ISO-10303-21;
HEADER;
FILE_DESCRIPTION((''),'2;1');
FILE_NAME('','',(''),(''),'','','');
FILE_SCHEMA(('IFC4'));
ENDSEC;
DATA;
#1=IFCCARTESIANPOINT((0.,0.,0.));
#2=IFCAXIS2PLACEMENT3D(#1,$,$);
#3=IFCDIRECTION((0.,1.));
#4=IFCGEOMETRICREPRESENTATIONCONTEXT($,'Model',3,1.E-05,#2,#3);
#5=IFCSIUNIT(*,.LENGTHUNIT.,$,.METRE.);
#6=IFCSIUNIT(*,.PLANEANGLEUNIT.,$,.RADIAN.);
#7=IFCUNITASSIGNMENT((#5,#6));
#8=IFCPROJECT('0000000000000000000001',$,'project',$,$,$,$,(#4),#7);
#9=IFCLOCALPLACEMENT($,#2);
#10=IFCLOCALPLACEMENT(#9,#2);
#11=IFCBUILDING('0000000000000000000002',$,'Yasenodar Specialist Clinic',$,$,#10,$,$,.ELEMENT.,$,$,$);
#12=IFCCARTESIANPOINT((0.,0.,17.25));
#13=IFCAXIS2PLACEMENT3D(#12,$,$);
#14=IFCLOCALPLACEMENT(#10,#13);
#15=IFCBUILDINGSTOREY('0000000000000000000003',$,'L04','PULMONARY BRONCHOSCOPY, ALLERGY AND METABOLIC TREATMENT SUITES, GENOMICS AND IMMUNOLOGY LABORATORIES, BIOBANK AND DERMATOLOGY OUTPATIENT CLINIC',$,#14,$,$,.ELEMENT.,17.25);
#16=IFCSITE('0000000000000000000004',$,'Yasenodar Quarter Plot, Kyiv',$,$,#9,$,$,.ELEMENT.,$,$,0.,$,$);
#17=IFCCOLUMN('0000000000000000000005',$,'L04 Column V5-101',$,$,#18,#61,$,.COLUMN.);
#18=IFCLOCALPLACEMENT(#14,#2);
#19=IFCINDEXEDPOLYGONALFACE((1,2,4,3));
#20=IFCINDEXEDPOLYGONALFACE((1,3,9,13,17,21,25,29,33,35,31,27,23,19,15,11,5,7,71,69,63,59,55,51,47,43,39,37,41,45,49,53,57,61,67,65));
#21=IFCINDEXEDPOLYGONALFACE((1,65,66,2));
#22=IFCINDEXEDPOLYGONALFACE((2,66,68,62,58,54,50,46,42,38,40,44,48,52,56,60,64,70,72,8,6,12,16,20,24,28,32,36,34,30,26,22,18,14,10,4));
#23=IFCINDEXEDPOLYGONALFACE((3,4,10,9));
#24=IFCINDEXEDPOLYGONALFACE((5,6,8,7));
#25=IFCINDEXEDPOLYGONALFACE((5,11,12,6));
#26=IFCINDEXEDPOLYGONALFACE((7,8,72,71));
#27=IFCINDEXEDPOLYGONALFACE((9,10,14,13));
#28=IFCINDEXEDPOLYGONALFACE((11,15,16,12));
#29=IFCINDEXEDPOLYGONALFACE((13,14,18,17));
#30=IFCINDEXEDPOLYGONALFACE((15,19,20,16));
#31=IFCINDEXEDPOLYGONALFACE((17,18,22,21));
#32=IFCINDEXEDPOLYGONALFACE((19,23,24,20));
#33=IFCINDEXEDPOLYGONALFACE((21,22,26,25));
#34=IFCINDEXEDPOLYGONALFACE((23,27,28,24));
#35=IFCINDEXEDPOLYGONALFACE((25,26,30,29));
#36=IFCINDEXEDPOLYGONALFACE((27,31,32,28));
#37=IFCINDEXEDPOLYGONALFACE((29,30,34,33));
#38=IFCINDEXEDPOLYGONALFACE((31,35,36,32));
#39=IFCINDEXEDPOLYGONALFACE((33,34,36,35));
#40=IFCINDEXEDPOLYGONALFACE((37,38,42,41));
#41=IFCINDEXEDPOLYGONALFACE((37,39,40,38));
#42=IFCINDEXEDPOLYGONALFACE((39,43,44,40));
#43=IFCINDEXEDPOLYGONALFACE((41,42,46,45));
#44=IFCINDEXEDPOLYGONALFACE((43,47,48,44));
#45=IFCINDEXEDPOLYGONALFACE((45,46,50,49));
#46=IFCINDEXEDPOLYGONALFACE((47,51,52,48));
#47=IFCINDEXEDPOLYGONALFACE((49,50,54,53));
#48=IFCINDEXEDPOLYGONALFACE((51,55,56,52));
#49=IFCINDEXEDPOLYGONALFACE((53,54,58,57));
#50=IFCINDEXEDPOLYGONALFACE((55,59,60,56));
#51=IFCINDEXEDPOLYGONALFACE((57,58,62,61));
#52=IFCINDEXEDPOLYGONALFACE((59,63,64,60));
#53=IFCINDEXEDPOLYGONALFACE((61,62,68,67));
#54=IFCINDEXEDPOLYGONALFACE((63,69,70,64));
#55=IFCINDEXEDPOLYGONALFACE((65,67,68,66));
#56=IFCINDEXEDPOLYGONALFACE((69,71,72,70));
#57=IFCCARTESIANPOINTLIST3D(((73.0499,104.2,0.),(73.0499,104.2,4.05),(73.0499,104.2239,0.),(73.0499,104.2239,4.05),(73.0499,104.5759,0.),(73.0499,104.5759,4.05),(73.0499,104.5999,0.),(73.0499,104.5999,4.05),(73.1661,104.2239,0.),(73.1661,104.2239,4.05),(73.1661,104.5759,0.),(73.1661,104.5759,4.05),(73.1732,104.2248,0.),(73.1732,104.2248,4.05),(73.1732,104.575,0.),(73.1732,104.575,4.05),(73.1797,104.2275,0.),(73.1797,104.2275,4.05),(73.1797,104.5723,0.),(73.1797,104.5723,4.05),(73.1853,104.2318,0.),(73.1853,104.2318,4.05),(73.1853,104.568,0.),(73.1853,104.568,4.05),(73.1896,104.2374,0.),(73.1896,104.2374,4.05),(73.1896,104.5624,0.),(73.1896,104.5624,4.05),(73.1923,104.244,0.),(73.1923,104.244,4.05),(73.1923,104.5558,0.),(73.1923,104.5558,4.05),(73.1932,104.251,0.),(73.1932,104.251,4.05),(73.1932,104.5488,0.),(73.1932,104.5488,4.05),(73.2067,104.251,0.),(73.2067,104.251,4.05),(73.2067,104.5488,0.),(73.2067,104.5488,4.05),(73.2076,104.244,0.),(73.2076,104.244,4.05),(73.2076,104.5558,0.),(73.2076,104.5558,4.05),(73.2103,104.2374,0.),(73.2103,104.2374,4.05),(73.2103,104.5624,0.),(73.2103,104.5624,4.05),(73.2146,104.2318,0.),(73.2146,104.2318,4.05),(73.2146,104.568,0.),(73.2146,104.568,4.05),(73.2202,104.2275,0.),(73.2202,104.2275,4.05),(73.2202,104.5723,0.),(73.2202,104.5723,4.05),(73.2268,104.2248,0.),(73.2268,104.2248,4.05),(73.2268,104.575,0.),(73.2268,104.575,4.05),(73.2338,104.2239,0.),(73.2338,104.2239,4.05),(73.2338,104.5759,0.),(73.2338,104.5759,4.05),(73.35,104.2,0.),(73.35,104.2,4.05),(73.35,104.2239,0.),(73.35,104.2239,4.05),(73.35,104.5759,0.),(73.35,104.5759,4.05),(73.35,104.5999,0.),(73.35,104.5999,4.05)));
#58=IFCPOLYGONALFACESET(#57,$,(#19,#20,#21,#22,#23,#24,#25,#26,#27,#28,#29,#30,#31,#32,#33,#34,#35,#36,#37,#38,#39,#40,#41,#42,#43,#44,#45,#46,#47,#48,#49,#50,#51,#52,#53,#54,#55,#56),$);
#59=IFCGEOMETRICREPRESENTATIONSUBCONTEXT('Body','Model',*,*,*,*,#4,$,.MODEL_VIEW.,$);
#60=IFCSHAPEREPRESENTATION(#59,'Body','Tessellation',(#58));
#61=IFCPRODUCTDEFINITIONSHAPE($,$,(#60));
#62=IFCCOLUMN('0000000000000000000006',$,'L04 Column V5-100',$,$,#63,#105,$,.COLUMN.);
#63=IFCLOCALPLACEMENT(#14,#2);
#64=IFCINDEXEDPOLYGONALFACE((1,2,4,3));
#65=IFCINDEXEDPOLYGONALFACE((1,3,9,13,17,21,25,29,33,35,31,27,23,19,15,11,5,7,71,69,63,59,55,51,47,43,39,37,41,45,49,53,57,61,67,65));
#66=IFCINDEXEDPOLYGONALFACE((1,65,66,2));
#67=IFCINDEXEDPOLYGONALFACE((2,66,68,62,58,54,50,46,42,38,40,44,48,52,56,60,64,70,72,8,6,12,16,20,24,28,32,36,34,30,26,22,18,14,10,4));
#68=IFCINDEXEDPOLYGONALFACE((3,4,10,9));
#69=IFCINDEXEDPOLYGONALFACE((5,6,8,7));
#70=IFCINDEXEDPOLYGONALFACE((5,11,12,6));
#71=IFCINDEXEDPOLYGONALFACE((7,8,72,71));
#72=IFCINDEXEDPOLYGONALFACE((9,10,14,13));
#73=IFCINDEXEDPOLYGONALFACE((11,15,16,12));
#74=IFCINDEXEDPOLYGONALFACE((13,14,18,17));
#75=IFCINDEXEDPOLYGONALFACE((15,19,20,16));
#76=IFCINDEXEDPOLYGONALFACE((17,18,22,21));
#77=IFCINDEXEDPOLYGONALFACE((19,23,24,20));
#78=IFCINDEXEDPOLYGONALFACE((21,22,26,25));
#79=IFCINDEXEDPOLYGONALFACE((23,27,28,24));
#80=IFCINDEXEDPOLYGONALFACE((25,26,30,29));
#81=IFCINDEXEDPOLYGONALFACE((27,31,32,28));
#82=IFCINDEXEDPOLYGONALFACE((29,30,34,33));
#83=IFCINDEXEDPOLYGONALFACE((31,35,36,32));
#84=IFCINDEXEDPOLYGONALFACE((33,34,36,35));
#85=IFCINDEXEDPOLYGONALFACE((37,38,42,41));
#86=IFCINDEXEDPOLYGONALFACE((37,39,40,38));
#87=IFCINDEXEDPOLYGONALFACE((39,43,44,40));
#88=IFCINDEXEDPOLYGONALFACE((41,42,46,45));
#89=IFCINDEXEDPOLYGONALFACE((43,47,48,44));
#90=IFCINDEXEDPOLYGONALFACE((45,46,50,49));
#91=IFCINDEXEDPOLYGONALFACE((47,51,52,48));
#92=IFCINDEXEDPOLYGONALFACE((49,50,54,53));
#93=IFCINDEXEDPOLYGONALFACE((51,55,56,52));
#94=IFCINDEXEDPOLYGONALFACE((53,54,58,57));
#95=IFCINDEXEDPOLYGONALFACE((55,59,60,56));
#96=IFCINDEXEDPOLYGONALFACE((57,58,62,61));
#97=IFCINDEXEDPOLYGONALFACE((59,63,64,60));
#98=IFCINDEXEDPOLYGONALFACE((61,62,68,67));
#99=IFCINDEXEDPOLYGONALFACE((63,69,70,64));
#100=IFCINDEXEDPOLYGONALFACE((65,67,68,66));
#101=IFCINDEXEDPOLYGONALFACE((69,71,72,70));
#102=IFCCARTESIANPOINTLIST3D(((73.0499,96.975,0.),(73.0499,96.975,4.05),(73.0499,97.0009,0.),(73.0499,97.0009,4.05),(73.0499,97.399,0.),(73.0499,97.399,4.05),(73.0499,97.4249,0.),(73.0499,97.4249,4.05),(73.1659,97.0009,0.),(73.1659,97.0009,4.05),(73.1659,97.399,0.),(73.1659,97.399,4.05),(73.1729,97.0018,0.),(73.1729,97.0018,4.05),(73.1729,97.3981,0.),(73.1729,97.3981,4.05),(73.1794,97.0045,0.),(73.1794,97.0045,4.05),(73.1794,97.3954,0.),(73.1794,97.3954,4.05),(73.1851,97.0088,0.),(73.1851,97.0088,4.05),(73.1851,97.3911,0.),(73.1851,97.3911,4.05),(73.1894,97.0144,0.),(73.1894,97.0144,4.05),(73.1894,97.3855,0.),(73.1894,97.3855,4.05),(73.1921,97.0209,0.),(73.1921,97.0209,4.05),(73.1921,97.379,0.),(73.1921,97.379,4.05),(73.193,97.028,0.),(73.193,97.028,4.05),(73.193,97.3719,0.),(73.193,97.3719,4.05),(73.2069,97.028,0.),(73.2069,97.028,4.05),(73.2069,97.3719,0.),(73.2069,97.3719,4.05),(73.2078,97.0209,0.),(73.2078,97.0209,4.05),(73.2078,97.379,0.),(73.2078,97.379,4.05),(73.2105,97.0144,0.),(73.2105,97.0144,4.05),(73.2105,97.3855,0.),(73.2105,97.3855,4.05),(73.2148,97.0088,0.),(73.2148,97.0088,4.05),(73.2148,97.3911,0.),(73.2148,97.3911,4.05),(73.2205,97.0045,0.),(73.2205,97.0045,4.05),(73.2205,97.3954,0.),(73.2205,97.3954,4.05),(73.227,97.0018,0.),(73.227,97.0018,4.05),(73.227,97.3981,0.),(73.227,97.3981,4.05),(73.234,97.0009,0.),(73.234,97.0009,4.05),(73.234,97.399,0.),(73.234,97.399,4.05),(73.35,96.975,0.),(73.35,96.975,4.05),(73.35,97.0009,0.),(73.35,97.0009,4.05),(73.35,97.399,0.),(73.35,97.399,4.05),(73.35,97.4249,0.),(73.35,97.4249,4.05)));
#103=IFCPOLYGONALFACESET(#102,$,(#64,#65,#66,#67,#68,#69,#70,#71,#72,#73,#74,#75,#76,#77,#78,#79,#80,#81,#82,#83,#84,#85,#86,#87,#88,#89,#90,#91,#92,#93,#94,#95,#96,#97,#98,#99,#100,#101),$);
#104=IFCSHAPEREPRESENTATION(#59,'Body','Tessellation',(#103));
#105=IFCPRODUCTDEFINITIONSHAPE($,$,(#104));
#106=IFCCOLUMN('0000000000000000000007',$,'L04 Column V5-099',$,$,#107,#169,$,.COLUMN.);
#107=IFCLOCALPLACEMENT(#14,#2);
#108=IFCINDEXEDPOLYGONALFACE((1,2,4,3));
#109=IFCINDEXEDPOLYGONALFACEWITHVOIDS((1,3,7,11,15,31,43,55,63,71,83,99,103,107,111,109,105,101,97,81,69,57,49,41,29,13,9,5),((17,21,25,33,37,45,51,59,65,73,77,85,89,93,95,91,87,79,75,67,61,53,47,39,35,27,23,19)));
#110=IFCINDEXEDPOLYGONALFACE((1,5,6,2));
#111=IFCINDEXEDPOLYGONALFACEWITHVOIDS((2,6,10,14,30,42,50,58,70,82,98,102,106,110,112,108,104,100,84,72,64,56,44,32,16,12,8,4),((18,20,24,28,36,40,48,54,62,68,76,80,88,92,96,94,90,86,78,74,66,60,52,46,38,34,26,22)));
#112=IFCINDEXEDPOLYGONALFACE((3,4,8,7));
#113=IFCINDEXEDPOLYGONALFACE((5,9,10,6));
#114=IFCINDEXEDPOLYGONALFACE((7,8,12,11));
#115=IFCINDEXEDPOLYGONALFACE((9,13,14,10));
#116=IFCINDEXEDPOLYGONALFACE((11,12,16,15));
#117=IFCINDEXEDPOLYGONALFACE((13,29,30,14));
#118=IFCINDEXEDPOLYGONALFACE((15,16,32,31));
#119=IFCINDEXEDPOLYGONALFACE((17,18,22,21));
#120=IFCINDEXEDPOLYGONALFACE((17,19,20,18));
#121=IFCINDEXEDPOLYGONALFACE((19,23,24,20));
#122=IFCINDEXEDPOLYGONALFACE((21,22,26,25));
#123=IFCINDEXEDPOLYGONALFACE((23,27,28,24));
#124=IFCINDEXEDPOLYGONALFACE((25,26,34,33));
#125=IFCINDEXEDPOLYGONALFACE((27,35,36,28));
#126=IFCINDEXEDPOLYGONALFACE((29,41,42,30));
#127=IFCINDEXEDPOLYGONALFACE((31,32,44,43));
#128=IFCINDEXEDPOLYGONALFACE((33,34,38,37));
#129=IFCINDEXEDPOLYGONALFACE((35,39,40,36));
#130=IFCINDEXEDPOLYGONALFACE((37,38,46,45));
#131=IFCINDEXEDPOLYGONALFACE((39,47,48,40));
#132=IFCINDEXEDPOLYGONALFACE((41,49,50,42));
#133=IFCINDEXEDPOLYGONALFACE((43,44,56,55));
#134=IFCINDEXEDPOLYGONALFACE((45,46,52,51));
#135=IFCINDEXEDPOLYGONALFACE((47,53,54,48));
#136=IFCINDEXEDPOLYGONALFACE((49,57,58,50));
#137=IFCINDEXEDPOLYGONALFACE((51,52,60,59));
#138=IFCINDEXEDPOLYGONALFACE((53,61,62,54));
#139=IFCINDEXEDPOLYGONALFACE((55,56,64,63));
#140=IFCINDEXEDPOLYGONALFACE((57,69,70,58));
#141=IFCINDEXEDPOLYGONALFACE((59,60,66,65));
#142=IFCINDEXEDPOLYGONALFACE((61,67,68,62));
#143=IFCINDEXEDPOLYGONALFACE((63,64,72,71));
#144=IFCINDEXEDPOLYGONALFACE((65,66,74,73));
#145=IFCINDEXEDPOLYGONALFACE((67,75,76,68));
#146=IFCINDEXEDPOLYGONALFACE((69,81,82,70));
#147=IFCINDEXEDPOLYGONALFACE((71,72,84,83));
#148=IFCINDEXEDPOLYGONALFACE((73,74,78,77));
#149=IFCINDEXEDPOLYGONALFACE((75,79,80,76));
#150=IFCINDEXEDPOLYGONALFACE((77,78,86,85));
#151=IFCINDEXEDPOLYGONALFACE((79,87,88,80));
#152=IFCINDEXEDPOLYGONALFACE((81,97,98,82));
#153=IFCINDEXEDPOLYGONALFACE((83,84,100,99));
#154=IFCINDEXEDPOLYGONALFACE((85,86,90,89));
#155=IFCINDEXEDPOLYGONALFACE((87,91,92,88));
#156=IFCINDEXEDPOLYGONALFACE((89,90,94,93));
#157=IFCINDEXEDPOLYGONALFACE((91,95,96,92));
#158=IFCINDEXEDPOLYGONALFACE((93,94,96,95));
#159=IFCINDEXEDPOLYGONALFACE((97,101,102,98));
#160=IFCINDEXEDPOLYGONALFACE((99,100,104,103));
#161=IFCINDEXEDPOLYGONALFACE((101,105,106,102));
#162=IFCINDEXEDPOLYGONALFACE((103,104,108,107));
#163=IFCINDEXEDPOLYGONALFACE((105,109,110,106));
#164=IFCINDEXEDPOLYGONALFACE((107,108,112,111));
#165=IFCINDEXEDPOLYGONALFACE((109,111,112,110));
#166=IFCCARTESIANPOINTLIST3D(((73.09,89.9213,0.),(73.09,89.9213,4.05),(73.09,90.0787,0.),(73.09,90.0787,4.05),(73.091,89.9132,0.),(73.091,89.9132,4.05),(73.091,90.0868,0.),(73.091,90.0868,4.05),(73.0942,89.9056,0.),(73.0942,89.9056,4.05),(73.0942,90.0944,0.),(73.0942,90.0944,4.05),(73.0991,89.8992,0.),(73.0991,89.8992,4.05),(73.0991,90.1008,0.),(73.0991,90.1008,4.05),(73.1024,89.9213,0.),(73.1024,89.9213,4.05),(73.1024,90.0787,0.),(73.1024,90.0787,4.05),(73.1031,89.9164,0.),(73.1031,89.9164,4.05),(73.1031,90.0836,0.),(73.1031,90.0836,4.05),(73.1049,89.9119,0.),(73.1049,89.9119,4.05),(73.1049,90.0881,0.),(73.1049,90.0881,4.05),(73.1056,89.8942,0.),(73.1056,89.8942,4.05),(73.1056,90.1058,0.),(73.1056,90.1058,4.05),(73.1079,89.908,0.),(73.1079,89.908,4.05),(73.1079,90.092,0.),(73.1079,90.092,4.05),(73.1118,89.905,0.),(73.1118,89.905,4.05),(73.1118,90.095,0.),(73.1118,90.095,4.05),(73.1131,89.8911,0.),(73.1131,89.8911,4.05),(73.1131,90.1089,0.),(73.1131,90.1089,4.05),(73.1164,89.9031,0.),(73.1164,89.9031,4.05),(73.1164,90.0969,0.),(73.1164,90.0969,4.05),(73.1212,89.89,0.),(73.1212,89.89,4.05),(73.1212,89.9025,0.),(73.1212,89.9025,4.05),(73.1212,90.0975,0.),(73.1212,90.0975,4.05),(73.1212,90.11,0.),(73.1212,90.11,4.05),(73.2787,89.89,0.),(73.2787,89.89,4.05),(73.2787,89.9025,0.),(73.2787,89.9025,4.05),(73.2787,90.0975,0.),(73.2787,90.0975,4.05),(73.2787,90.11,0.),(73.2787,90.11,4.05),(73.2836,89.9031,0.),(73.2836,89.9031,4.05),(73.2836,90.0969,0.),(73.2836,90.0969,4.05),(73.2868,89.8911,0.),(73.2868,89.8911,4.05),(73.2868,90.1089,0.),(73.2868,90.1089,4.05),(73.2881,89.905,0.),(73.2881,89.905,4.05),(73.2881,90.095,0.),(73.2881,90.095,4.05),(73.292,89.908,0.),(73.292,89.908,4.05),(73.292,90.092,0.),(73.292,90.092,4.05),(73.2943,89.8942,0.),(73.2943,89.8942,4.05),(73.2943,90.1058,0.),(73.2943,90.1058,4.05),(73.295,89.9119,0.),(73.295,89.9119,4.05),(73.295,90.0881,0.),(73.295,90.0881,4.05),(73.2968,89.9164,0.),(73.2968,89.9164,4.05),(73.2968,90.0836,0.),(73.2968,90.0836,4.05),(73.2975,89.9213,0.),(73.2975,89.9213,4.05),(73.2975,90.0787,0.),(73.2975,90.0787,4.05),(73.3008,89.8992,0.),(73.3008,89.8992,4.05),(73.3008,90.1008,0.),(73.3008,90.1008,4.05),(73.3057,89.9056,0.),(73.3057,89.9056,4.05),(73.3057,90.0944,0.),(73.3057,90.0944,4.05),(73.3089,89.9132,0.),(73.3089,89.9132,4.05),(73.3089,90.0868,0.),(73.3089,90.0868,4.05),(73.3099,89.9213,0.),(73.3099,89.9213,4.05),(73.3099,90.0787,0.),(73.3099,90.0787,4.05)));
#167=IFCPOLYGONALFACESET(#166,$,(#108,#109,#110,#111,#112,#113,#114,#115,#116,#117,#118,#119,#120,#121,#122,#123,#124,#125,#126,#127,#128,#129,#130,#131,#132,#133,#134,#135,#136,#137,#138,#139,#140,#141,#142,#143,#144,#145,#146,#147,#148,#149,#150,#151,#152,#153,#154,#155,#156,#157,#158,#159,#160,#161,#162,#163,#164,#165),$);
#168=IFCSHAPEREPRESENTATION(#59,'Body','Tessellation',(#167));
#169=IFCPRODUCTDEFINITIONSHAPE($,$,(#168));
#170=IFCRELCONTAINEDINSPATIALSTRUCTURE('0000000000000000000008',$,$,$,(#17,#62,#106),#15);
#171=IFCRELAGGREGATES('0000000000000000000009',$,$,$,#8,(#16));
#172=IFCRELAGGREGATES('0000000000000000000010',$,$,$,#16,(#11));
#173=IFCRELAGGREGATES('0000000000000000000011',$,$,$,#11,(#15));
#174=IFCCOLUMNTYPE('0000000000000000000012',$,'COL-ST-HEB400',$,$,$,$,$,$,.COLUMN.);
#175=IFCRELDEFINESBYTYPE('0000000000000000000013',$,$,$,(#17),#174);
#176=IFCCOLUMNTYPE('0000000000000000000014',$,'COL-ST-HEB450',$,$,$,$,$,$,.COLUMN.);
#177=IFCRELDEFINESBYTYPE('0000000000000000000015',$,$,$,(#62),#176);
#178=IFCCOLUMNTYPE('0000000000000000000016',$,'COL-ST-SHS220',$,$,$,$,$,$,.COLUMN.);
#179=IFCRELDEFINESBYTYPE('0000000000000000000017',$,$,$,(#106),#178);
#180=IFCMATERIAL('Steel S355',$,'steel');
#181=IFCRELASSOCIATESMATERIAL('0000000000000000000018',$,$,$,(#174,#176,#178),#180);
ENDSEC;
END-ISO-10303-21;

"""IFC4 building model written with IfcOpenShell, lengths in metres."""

from ifc_helpers import new_model, si_unit, direction, frame, origin, origin_2d, place, context, subcontext, project, spatial, hollow_rectangle, i_section, extrude, material, material_profile, profile_set, type_object, element, save


model = new_model("IFC4")

# Units and contexts
model_context = context("Model", 3, precision=1e-05, world=origin(), true_north=direction((0.0, 1.0)))
body_context = subcontext(model_context, "Body", "Model", "MODEL_VIEW")
ifc_project = project(units=[si_unit("LENGTHUNIT", "METRE"), si_unit("PLANEANGLEUNIT", "RADIAN")], contexts=[model_context])

# Site, building, storey
site_placement = place(None, origin())
site = spatial("IfcSite", under=ifc_project, at=site_placement, Name="Yasenodar Quarter Plot, Kyiv", CompositionType="ELEMENT", RefElevation=0.0)
building_placement = place(site_placement, origin())
building = spatial("IfcBuilding", under=site, at=building_placement, Name="Yasenodar Specialist Clinic", CompositionType="ELEMENT")
storey_placement = place(building_placement, frame((0.0, 0.0, 17.25)))
storey = spatial("IfcBuildingStorey", under=building, at=storey_placement, Name="L04", Description="PULMONARY BRONCHOSCOPY, ALLERGY AND METABOLIC TREATMENT SUITES, GENOMICS AND IMMUNOLOGY LABORATORIES, BIOBANK AND DERMATOLOGY OUTPATIENT CLINIC", CompositionType="ELEMENT", Elevation=17.25)

# Columns
ifc_material_1 = material(Name="Steel S355", Category="steel")
ifc_material_profile_1 = material_profile(ifc_material_1, i_section(OverallWidth=0.3, OverallDepth=0.3999, WebThickness=0.0134, FlangeThickness=0.0239, FilletRadius=0.0271, at=origin_2d()), Name="HEB 400")
ifc_profile_set_1 = profile_set([ifc_material_profile_1], Name="Steel S355")
column_type_1 = type_object("IfcColumnType", Name="COL-ST-HEB400", PredefinedType="COLUMN", material=ifc_profile_set_1)
column_1_placement = place(storey_placement, frame((73.2, 104.3999, 0.0), z_axis=(0.0, 0.0, 1.0), x_axis=(1.0, 0.0, 0.0)))
element("IfcColumn", 1, at=column_1_placement, inside=storey, type_object=column_type_1, Name="L04 Column V5-101", PredefinedType="COLUMN", context=body_context, shape_type="SweptSolid", body=[
    extrude(i_section(OverallWidth=0.3, OverallDepth=0.3999, WebThickness=0.0134, FlangeThickness=0.0239, FilletRadius=0.0271, at=origin_2d()), origin(), (0.0, 0.0, 1.0), 4.05),
])
ifc_material_profile_2 = material_profile(ifc_material_1, i_section(OverallWidth=0.3, OverallDepth=0.45, WebThickness=0.0139, FlangeThickness=0.0259, FilletRadius=0.0271, at=origin_2d()), Name="HEB 450")
ifc_profile_set_2 = profile_set([ifc_material_profile_2], Name="Steel S355")
column_type_2 = type_object("IfcColumnType", Name="COL-ST-HEB450", PredefinedType="COLUMN", material=ifc_profile_set_2)
column_2_placement = place(storey_placement, frame((73.2, 97.2, 0.0), z_axis=(0.0, 0.0, 1.0), x_axis=(1.0, 0.0, 0.0)))
element("IfcColumn", 2, at=column_2_placement, inside=storey, type_object=column_type_2, Name="L04 Column V5-100", PredefinedType="COLUMN", context=body_context, shape_type="SweptSolid", body=[
    extrude(i_section(OverallWidth=0.3, OverallDepth=0.45, WebThickness=0.0139, FlangeThickness=0.0259, FilletRadius=0.0271, at=origin_2d()), origin(), (0.0, 0.0, 1.0), 4.05),
])
ifc_material_profile_3 = material_profile(ifc_material_1, hollow_rectangle(XDim=0.22, YDim=0.22, WallThickness=0.0125, InnerFilletRadius=0.0188, OuterFilletRadius=0.0312, at=origin_2d()), Name="SHS 220x220x12.5")
ifc_profile_set_3 = profile_set([ifc_material_profile_3], Name="Steel S355")
column_type_3 = type_object("IfcColumnType", Name="COL-ST-SHS220", PredefinedType="COLUMN", material=ifc_profile_set_3)
column_3_placement = place(storey_placement, frame((73.2, 90.0, 0.0), z_axis=(0.0, 0.0, 1.0), x_axis=(1.0, 0.0, 0.0)))
element("IfcColumn", 3, at=column_3_placement, inside=storey, type_object=column_type_3, Name="L04 Column V5-099", PredefinedType="COLUMN", context=body_context, shape_type="SweptSolid", body=[
    extrude(hollow_rectangle(XDim=0.22, YDim=0.22, WallThickness=0.0125, InnerFilletRadius=0.0188, OuterFilletRadius=0.0312, at=origin_2d()), origin(), (0.0, 0.0, 1.0), 4.05),
])

save(model, "model.ifc")
